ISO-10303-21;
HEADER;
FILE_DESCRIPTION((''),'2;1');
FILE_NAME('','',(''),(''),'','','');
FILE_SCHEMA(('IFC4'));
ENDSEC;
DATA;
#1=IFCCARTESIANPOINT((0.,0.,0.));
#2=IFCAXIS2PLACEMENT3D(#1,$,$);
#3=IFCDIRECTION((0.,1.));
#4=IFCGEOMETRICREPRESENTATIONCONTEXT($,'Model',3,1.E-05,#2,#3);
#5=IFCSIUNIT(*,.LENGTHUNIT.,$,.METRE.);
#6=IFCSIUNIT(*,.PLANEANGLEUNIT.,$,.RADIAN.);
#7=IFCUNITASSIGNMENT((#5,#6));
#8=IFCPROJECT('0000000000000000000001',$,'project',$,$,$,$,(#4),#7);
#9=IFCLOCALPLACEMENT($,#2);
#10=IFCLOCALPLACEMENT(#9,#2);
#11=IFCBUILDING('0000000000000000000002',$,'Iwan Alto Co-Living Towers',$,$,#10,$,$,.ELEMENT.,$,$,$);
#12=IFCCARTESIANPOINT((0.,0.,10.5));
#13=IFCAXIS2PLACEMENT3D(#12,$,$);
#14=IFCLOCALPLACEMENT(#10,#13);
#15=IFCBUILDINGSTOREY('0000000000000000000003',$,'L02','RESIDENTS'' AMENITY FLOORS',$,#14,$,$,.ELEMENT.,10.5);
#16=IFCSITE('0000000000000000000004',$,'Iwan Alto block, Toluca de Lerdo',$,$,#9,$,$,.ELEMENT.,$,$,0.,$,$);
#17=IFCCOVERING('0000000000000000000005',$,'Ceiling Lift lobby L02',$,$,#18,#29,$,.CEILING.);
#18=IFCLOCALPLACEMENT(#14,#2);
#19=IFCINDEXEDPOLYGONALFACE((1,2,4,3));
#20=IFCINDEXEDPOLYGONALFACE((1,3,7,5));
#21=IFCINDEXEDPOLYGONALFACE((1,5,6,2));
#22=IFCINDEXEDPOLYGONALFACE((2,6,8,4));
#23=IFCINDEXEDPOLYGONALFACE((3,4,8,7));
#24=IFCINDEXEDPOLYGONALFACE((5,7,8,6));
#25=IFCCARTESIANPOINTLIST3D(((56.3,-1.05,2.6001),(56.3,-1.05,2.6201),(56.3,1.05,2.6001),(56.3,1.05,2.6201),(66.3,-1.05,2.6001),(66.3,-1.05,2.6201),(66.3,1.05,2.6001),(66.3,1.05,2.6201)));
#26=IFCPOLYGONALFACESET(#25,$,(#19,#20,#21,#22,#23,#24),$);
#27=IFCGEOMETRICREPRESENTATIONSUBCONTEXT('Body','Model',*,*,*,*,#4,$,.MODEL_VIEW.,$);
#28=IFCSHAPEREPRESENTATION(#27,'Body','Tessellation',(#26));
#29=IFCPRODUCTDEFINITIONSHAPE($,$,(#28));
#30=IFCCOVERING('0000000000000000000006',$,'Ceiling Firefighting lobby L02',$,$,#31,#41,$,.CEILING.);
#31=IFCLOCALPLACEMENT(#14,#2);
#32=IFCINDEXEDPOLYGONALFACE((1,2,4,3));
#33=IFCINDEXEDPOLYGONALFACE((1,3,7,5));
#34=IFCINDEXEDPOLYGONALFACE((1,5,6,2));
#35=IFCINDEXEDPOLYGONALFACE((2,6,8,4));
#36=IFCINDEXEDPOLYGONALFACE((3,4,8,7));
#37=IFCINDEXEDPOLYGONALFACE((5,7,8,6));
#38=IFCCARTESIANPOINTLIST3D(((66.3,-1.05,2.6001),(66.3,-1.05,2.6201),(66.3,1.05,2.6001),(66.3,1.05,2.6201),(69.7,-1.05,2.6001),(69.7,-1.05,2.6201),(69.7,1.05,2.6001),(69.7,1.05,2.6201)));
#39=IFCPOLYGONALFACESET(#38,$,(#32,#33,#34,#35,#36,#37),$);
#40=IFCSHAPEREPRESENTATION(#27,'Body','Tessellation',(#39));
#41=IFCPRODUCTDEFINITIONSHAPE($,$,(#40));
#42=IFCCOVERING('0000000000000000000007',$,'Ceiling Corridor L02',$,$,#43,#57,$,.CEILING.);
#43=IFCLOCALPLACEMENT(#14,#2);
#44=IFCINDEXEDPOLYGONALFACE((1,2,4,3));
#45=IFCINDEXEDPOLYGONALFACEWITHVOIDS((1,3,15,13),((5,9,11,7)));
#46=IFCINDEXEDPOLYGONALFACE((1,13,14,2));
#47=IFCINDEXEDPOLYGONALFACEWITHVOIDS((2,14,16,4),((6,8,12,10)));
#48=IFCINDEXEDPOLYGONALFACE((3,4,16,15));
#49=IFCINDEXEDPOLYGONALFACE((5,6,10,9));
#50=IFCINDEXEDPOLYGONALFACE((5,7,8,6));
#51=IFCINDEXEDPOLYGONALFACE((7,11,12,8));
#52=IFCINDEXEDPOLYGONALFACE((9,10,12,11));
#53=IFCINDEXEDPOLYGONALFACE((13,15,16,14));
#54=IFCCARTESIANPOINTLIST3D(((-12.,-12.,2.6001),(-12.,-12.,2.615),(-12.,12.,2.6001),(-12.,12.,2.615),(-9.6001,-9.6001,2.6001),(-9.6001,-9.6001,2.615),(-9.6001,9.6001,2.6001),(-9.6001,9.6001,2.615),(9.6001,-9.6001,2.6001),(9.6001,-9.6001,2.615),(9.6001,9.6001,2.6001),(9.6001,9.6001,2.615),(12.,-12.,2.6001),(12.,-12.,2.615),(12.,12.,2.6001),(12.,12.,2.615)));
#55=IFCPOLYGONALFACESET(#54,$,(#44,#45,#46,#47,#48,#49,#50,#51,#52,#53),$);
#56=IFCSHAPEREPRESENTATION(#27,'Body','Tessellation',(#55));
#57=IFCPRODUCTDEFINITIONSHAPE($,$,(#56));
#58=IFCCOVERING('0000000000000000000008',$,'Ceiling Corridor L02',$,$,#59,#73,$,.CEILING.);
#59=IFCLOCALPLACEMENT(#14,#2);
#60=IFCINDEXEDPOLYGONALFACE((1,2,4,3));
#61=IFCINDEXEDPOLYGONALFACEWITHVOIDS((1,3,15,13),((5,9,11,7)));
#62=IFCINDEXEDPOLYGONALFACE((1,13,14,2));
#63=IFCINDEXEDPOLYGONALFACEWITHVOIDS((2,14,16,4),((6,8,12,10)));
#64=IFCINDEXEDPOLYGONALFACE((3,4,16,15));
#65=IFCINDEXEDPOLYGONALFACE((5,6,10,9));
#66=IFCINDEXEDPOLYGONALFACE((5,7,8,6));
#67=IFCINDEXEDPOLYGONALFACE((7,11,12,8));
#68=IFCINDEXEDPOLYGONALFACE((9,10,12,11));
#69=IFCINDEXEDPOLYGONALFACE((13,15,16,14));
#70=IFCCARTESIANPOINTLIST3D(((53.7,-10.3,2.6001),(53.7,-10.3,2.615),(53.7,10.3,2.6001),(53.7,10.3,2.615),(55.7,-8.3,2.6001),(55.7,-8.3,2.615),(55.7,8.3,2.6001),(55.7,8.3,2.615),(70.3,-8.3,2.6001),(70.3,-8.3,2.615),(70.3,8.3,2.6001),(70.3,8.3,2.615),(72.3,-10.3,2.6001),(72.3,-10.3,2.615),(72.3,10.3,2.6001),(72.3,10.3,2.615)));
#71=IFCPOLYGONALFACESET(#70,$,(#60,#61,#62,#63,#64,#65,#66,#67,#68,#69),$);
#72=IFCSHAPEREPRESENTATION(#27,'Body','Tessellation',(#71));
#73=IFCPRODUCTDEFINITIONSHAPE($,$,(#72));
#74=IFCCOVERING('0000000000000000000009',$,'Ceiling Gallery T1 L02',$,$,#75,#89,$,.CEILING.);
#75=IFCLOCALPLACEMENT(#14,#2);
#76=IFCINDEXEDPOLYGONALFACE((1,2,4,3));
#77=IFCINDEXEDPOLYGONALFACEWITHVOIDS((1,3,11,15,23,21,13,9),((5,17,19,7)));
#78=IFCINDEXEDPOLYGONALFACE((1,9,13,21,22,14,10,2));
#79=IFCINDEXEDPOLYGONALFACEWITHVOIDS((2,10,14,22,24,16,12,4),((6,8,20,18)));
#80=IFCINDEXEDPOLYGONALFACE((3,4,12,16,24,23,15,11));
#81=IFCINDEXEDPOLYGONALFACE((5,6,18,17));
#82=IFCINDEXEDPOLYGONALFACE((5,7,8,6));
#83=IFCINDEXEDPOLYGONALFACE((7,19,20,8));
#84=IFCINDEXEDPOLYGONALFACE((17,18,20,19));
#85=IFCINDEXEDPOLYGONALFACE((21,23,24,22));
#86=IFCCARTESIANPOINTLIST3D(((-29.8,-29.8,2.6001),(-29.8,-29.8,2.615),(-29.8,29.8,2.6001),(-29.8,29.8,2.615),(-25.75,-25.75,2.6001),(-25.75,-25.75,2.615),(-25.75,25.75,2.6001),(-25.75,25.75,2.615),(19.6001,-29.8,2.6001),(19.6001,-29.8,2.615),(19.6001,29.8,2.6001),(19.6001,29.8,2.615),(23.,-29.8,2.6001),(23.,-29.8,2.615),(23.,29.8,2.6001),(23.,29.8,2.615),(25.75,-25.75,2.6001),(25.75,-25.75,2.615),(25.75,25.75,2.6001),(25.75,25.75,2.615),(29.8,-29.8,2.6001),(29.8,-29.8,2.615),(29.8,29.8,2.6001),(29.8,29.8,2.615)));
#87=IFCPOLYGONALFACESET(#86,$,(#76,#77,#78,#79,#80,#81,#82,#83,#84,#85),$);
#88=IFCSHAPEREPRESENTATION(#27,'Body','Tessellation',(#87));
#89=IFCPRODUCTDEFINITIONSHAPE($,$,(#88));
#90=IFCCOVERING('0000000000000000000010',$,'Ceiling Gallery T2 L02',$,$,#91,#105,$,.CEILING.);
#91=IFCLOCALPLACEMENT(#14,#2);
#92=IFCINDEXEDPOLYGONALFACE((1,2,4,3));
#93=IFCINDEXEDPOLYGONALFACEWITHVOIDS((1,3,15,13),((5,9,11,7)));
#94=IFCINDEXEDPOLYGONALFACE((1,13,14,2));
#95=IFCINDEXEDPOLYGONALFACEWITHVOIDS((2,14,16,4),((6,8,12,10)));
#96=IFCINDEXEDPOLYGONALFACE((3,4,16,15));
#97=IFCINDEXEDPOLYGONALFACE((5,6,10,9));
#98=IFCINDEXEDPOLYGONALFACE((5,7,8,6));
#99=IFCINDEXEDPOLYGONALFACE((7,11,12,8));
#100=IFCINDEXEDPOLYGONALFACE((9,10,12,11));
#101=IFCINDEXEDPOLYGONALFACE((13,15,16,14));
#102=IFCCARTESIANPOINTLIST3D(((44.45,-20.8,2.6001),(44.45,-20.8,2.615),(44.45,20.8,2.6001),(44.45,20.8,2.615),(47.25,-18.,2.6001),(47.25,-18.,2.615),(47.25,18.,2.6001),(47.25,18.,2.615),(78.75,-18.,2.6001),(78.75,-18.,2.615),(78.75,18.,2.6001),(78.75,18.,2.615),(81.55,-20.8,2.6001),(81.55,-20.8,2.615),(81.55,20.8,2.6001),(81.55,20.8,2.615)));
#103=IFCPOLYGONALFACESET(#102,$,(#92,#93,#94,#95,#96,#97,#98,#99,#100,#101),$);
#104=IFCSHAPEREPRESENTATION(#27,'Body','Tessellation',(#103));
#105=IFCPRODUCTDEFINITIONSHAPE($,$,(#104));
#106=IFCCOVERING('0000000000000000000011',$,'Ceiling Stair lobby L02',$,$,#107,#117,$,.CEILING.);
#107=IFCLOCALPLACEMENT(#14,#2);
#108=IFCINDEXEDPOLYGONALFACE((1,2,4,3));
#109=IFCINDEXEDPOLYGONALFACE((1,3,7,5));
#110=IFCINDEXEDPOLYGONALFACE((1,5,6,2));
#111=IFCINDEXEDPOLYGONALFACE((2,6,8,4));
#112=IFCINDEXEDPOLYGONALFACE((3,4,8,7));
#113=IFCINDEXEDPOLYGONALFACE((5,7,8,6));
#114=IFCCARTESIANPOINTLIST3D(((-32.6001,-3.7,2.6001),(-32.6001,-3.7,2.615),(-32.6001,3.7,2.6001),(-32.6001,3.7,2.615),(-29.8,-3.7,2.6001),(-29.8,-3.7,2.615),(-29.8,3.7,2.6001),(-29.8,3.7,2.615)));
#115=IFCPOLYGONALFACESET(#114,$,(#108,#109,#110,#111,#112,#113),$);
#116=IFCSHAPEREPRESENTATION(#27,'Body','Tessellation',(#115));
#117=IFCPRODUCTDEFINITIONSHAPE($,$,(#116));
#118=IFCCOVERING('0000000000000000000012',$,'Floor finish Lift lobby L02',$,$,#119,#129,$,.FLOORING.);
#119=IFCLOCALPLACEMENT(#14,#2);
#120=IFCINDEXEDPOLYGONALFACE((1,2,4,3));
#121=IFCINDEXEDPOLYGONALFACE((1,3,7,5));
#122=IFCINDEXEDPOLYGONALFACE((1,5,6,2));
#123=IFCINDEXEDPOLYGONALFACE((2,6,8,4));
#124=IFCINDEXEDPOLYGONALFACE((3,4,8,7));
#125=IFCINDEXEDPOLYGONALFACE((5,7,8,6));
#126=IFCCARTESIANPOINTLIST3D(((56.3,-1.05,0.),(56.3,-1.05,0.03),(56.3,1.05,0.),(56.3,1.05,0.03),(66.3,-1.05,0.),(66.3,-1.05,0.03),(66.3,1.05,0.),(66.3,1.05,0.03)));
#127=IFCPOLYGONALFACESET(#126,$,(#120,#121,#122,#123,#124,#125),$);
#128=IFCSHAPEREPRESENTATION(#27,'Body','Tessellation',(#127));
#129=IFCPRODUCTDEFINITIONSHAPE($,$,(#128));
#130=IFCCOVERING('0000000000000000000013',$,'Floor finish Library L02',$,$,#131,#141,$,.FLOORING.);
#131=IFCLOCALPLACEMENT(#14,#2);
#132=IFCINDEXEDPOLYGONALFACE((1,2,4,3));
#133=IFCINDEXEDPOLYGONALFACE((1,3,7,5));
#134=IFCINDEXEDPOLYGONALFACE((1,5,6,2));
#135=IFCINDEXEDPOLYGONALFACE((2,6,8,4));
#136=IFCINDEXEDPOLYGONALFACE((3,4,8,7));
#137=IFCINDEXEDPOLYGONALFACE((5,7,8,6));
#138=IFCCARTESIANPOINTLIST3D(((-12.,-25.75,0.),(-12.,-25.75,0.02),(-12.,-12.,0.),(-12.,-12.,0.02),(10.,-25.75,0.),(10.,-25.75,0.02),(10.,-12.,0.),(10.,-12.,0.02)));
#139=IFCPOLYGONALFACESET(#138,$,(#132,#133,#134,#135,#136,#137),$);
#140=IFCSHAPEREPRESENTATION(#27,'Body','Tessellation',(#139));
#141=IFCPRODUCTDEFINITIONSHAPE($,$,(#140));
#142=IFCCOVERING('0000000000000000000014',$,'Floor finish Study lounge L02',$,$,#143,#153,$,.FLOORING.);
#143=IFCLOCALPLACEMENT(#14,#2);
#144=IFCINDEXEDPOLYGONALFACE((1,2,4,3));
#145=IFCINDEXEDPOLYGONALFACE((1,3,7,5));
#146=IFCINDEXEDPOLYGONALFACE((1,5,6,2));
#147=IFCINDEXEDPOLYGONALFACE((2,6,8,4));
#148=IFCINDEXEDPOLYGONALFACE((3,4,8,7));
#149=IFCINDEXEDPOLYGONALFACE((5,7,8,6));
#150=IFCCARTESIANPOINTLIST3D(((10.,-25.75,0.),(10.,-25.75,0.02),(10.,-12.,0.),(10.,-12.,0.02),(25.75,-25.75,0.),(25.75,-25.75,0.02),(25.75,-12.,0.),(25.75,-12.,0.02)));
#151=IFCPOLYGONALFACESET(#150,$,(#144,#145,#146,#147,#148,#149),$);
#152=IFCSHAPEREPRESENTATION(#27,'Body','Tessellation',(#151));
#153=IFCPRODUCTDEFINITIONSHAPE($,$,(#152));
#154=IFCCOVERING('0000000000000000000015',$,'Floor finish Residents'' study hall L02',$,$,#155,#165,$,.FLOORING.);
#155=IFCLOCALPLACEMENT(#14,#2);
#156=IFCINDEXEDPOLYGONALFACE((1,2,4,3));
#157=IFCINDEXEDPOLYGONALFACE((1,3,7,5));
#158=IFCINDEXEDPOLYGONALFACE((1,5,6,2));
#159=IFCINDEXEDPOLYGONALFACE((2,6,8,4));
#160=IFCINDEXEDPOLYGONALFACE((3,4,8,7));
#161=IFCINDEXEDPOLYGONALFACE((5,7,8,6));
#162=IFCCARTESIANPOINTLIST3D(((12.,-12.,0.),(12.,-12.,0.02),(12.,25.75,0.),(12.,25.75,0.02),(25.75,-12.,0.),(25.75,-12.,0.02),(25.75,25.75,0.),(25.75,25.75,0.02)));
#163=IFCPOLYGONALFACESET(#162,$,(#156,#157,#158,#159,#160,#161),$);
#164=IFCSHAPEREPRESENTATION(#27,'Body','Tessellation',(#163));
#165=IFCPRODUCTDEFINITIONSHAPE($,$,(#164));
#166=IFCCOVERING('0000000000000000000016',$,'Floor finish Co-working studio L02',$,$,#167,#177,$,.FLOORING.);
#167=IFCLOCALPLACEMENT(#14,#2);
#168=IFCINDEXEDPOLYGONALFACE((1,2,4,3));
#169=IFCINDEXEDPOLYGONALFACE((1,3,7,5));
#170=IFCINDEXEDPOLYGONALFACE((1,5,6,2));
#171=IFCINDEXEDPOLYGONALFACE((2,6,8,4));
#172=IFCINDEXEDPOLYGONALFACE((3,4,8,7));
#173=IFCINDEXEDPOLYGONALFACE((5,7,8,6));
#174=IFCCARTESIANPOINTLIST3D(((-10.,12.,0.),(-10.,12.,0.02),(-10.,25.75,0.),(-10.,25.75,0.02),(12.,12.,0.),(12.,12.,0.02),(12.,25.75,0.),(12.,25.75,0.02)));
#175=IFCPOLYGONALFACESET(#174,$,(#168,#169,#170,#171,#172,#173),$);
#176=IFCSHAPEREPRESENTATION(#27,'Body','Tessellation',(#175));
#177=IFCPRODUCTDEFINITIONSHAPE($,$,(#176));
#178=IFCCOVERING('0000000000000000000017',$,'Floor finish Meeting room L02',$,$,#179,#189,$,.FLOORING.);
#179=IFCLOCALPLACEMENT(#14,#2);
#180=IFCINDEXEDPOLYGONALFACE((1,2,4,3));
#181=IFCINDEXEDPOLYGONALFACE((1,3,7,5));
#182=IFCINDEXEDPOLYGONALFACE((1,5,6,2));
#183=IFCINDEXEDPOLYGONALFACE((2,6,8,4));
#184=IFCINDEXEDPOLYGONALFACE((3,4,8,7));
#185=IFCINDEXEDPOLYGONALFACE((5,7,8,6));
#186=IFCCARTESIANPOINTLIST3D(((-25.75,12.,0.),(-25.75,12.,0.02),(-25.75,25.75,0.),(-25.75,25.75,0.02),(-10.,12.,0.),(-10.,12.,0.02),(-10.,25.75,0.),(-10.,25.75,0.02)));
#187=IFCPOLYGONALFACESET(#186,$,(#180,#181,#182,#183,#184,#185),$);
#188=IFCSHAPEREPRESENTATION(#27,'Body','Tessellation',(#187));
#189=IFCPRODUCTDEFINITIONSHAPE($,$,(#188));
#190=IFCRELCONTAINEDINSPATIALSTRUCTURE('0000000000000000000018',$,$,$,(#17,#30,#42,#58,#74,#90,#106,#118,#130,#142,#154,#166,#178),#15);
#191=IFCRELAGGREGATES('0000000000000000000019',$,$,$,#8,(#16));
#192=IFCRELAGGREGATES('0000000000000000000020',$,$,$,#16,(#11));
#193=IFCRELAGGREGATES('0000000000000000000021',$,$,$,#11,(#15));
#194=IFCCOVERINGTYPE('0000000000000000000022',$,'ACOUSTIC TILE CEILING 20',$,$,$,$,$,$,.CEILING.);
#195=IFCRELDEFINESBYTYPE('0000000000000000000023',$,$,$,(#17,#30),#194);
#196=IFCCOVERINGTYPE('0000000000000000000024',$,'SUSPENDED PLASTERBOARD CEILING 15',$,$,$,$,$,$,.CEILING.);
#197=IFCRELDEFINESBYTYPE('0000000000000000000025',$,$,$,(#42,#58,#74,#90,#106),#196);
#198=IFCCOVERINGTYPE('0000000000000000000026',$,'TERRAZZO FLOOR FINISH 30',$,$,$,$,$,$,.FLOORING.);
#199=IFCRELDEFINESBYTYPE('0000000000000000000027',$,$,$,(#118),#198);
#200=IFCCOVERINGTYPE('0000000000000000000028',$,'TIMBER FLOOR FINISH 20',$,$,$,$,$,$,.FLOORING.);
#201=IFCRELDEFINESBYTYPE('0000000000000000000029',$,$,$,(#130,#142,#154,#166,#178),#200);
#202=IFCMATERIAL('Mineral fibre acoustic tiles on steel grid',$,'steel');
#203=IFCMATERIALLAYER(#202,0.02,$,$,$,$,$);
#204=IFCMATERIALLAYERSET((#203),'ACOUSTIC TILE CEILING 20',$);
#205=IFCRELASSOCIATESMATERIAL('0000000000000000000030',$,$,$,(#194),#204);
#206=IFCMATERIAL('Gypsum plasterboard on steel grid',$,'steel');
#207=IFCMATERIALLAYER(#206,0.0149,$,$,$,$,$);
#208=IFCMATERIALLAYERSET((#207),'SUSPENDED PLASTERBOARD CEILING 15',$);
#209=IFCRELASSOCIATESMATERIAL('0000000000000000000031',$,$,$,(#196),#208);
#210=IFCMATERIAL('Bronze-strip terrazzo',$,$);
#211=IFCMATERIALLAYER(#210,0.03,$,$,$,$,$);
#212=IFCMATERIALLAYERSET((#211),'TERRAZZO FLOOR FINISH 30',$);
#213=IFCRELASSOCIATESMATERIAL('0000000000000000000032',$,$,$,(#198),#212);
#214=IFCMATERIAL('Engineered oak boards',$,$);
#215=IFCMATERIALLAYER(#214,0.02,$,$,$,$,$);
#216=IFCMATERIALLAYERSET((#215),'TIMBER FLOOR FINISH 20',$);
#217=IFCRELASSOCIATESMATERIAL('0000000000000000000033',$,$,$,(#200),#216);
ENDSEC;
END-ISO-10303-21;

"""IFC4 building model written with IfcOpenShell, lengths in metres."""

from ifc_helpers import new_model, si_unit, direction, frame, origin, place, context, subcontext, project, spatial, polyline, outline, extrude, material, layer, layer_set, type_object, element, save


model = new_model("IFC4")

# Units and contexts
model_context = context("Model", 3, precision=1e-05, world=origin(), true_north=direction((0.0, 1.0)))
body_context = subcontext(model_context, "Body", "Model", "MODEL_VIEW")
ifc_project = project(units=[si_unit("LENGTHUNIT", "METRE"), si_unit("PLANEANGLEUNIT", "RADIAN")], contexts=[model_context])

# Site, building, storey
site_placement = place(None, origin())
site = spatial("IfcSite", under=ifc_project, at=site_placement, Name="Iwan Alto block, Toluca de Lerdo", CompositionType="ELEMENT", RefElevation=0.0)
building_placement = place(site_placement, origin())
building = spatial("IfcBuilding", under=site, at=building_placement, Name="Iwan Alto Co-Living Towers", CompositionType="ELEMENT")
storey_placement = place(building_placement, frame((0.0, 0.0, 10.5)))
storey = spatial("IfcBuildingStorey", under=building, at=storey_placement, Name="L02", Description="RESIDENTS' AMENITY FLOORS", CompositionType="ELEMENT", Elevation=10.5)

# Coverings
ifc_material_1 = material(Name="Mineral fibre acoustic tiles on steel grid", Category="steel")
ifc_layer_1 = layer(ifc_material_1, 0.02)
ifc_layer_set_1 = layer_set([ifc_layer_1], Name="ACOUSTIC TILE CEILING 20")
covering_type_1 = type_object("IfcCoveringType", Name="ACOUSTIC TILE CEILING 20", PredefinedType="CEILING", material=ifc_layer_set_1)
covering_1_placement = place(storey_placement, frame((0.0, 0.0, 2.6001)))
element("IfcCovering", 1, at=covering_1_placement, inside=storey, type_object=covering_type_1, Name="Ceiling Lift lobby L02", PredefinedType="CEILING", context=body_context, shape_type="SweptSolid", body=[
    extrude(outline(polyline([(56.3, -1.05), (56.3, 1.05), (66.3, 1.05), (66.3, -1.05), (56.3, -1.05)])), origin(), (0.0, 0.0, 1.0), 0.02),
])
covering_2_placement = place(storey_placement, frame((0.0, 0.0, 2.6001)))
element("IfcCovering", 2, at=covering_2_placement, inside=storey, type_object=covering_type_1, Name="Ceiling Firefighting lobby L02", PredefinedType="CEILING", context=body_context, shape_type="SweptSolid", body=[
    extrude(outline(polyline([(66.3, -1.05), (66.3, 1.05), (69.7, 1.05), (69.7, -1.05), (66.3, -1.05)])), origin(), (0.0, 0.0, 1.0), 0.02),
])
ifc_material_2 = material(Name="Gypsum plasterboard on steel grid", Category="steel")
ifc_layer_2 = layer(ifc_material_2, 0.0149)
ifc_layer_set_2 = layer_set([ifc_layer_2], Name="SUSPENDED PLASTERBOARD CEILING 15")
covering_type_2 = type_object("IfcCoveringType", Name="SUSPENDED PLASTERBOARD CEILING 15", PredefinedType="CEILING", material=ifc_layer_set_2)
covering_3_placement = place(storey_placement, frame((0.0, 0.0, 2.6001)))
element("IfcCovering", 3, at=covering_3_placement, inside=storey, type_object=covering_type_2, Name="Ceiling Corridor L02", PredefinedType="CEILING", context=body_context, shape_type="SweptSolid", body=[
    extrude(outline(polyline([(-12.0, 12.0), (12.0, 12.0), (12.0, -12.0), (-12.0, -12.0), (-12.0, 12.0)]), holes=[polyline([(-9.6001, 9.6001), (-9.6001, -9.6001), (9.6001, -9.6001), (9.6001, 9.6001), (-9.6001, 9.6001)])]), origin(), (0.0, 0.0, 1.0), 0.0149),
])
covering_4_placement = place(storey_placement, frame((0.0, 0.0, 2.6001)))
element("IfcCovering", 4, at=covering_4_placement, inside=storey, type_object=covering_type_2, Name="Ceiling Corridor L02", PredefinedType="CEILING", context=body_context, shape_type="SweptSolid", body=[
    extrude(outline(polyline([(53.7, 10.3), (72.3, 10.3), (72.3, -10.3), (53.7, -10.3), (53.7, 10.3)]), holes=[polyline([(55.7, 8.3), (55.7, -8.3), (70.3, -8.3), (70.3, 8.3), (55.7, 8.3)])]), origin(), (0.0, 0.0, 1.0), 0.0149),
])
covering_5_placement = place(storey_placement, frame((0.0, 0.0, 2.6001)))
element("IfcCovering", 5, at=covering_5_placement, inside=storey, type_object=covering_type_2, Name="Ceiling Gallery T1 L02", PredefinedType="CEILING", context=body_context, shape_type="SweptSolid", body=[
    extrude(outline(polyline([(19.6001, 29.8), (23.0, 29.8), (29.8, 29.8), (29.8, -29.8), (23.0, -29.8), (19.6001, -29.8), (-29.8, -29.8), (-29.8, 29.8), (19.6001, 29.8)]), holes=[polyline([(-25.75, -25.75), (25.75, -25.75), (25.75, 25.75), (-25.75, 25.75), (-25.75, -25.75)])]), origin(), (0.0, 0.0, 1.0), 0.0149),
])
covering_6_placement = place(storey_placement, frame((0.0, 0.0, 2.6001)))
element("IfcCovering", 6, at=covering_6_placement, inside=storey, type_object=covering_type_2, Name="Ceiling Gallery T2 L02", PredefinedType="CEILING", context=body_context, shape_type="SweptSolid", body=[
    extrude(outline(polyline([(81.55, 20.8), (81.55, -20.8), (44.45, -20.8), (44.45, 20.8), (81.55, 20.8)]), holes=[polyline([(47.25, -18.0), (78.75, -18.0), (78.75, 18.0), (47.25, 18.0), (47.25, -18.0)])]), origin(), (0.0, 0.0, 1.0), 0.0149),
])
covering_7_placement = place(storey_placement, frame((0.0, 0.0, 2.6001)))
element("IfcCovering", 7, at=covering_7_placement, inside=storey, type_object=covering_type_2, Name="Ceiling Stair lobby L02", PredefinedType="CEILING", context=body_context, shape_type="SweptSolid", body=[
    extrude(outline(polyline([(-32.6001, -3.7), (-32.6001, 3.7), (-29.8, 3.7), (-29.8, -3.7), (-32.6001, -3.7)])), origin(), (0.0, 0.0, 1.0), 0.0149),
])
ifc_material_3 = material(Name="Bronze-strip terrazzo")
ifc_layer_3 = layer(ifc_material_3, 0.03)
ifc_layer_set_3 = layer_set([ifc_layer_3], Name="TERRAZZO FLOOR FINISH 30")
covering_type_3 = type_object("IfcCoveringType", Name="TERRAZZO FLOOR FINISH 30", PredefinedType="FLOORING", material=ifc_layer_set_3)
covering_8_placement = place(storey_placement, origin())
element("IfcCovering", 8, at=covering_8_placement, inside=storey, type_object=covering_type_3, Name="Floor finish Lift lobby L02", PredefinedType="FLOORING", context=body_context, shape_type="SweptSolid", body=[
    extrude(outline(polyline([(56.3, -1.05), (56.3, 1.05), (66.3, 1.05), (66.3, -1.05), (56.3, -1.05)])), origin(), (0.0, 0.0, 1.0), 0.03),
])
ifc_material_4 = material(Name="Engineered oak boards")
ifc_layer_4 = layer(ifc_material_4, 0.02)
ifc_layer_set_4 = layer_set([ifc_layer_4], Name="TIMBER FLOOR FINISH 20")
covering_type_4 = type_object("IfcCoveringType", Name="TIMBER FLOOR FINISH 20", PredefinedType="FLOORING", material=ifc_layer_set_4)
covering_9_placement = place(storey_placement, origin())
element("IfcCovering", 9, at=covering_9_placement, inside=storey, type_object=covering_type_4, Name="Floor finish Library L02", PredefinedType="FLOORING", context=body_context, shape_type="SweptSolid", body=[
    extrude(outline(polyline([(-12.0, -25.75), (-12.0, -12.0), (10.0, -12.0), (10.0, -25.75), (-12.0, -25.75)])), origin(), (0.0, 0.0, 1.0), 0.02),
])
covering_10_placement = place(storey_placement, origin())
element("IfcCovering", 10, at=covering_10_placement, inside=storey, type_object=covering_type_4, Name="Floor finish Study lounge L02", PredefinedType="FLOORING", context=body_context, shape_type="SweptSolid", body=[
    extrude(outline(polyline([(10.0, -25.75), (10.0, -12.0), (25.75, -12.0), (25.75, -25.75), (10.0, -25.75)])), origin(), (0.0, 0.0, 1.0), 0.02),
])
covering_11_placement = place(storey_placement, origin())
element("IfcCovering", 11, at=covering_11_placement, inside=storey, type_object=covering_type_4, Name="Floor finish Residents' study hall L02", PredefinedType="FLOORING", context=body_context, shape_type="SweptSolid", body=[
    extrude(outline(polyline([(12.0, -12.0), (12.0, 25.75), (25.75, 25.75), (25.75, -12.0), (12.0, -12.0)])), origin(), (0.0, 0.0, 1.0), 0.02),
])
covering_12_placement = place(storey_placement, origin())
element("IfcCovering", 12, at=covering_12_placement, inside=storey, type_object=covering_type_4, Name="Floor finish Co-working studio L02", PredefinedType="FLOORING", context=body_context, shape_type="SweptSolid", body=[
    extrude(outline(polyline([(-10.0, 12.0), (-10.0, 25.75), (12.0, 25.75), (12.0, 12.0), (-10.0, 12.0)])), origin(), (0.0, 0.0, 1.0), 0.02),
])
covering_13_placement = place(storey_placement, origin())
element("IfcCovering", 13, at=covering_13_placement, inside=storey, type_object=covering_type_4, Name="Floor finish Meeting room L02", PredefinedType="FLOORING", context=body_context, shape_type="SweptSolid", body=[
    extrude(outline(polyline([(-25.75, 12.0), (-25.75, 25.75), (-10.0, 25.75), (-10.0, 12.0), (-25.75, 12.0)])), origin(), (0.0, 0.0, 1.0), 0.02),
])

save(model, "model.ifc")
